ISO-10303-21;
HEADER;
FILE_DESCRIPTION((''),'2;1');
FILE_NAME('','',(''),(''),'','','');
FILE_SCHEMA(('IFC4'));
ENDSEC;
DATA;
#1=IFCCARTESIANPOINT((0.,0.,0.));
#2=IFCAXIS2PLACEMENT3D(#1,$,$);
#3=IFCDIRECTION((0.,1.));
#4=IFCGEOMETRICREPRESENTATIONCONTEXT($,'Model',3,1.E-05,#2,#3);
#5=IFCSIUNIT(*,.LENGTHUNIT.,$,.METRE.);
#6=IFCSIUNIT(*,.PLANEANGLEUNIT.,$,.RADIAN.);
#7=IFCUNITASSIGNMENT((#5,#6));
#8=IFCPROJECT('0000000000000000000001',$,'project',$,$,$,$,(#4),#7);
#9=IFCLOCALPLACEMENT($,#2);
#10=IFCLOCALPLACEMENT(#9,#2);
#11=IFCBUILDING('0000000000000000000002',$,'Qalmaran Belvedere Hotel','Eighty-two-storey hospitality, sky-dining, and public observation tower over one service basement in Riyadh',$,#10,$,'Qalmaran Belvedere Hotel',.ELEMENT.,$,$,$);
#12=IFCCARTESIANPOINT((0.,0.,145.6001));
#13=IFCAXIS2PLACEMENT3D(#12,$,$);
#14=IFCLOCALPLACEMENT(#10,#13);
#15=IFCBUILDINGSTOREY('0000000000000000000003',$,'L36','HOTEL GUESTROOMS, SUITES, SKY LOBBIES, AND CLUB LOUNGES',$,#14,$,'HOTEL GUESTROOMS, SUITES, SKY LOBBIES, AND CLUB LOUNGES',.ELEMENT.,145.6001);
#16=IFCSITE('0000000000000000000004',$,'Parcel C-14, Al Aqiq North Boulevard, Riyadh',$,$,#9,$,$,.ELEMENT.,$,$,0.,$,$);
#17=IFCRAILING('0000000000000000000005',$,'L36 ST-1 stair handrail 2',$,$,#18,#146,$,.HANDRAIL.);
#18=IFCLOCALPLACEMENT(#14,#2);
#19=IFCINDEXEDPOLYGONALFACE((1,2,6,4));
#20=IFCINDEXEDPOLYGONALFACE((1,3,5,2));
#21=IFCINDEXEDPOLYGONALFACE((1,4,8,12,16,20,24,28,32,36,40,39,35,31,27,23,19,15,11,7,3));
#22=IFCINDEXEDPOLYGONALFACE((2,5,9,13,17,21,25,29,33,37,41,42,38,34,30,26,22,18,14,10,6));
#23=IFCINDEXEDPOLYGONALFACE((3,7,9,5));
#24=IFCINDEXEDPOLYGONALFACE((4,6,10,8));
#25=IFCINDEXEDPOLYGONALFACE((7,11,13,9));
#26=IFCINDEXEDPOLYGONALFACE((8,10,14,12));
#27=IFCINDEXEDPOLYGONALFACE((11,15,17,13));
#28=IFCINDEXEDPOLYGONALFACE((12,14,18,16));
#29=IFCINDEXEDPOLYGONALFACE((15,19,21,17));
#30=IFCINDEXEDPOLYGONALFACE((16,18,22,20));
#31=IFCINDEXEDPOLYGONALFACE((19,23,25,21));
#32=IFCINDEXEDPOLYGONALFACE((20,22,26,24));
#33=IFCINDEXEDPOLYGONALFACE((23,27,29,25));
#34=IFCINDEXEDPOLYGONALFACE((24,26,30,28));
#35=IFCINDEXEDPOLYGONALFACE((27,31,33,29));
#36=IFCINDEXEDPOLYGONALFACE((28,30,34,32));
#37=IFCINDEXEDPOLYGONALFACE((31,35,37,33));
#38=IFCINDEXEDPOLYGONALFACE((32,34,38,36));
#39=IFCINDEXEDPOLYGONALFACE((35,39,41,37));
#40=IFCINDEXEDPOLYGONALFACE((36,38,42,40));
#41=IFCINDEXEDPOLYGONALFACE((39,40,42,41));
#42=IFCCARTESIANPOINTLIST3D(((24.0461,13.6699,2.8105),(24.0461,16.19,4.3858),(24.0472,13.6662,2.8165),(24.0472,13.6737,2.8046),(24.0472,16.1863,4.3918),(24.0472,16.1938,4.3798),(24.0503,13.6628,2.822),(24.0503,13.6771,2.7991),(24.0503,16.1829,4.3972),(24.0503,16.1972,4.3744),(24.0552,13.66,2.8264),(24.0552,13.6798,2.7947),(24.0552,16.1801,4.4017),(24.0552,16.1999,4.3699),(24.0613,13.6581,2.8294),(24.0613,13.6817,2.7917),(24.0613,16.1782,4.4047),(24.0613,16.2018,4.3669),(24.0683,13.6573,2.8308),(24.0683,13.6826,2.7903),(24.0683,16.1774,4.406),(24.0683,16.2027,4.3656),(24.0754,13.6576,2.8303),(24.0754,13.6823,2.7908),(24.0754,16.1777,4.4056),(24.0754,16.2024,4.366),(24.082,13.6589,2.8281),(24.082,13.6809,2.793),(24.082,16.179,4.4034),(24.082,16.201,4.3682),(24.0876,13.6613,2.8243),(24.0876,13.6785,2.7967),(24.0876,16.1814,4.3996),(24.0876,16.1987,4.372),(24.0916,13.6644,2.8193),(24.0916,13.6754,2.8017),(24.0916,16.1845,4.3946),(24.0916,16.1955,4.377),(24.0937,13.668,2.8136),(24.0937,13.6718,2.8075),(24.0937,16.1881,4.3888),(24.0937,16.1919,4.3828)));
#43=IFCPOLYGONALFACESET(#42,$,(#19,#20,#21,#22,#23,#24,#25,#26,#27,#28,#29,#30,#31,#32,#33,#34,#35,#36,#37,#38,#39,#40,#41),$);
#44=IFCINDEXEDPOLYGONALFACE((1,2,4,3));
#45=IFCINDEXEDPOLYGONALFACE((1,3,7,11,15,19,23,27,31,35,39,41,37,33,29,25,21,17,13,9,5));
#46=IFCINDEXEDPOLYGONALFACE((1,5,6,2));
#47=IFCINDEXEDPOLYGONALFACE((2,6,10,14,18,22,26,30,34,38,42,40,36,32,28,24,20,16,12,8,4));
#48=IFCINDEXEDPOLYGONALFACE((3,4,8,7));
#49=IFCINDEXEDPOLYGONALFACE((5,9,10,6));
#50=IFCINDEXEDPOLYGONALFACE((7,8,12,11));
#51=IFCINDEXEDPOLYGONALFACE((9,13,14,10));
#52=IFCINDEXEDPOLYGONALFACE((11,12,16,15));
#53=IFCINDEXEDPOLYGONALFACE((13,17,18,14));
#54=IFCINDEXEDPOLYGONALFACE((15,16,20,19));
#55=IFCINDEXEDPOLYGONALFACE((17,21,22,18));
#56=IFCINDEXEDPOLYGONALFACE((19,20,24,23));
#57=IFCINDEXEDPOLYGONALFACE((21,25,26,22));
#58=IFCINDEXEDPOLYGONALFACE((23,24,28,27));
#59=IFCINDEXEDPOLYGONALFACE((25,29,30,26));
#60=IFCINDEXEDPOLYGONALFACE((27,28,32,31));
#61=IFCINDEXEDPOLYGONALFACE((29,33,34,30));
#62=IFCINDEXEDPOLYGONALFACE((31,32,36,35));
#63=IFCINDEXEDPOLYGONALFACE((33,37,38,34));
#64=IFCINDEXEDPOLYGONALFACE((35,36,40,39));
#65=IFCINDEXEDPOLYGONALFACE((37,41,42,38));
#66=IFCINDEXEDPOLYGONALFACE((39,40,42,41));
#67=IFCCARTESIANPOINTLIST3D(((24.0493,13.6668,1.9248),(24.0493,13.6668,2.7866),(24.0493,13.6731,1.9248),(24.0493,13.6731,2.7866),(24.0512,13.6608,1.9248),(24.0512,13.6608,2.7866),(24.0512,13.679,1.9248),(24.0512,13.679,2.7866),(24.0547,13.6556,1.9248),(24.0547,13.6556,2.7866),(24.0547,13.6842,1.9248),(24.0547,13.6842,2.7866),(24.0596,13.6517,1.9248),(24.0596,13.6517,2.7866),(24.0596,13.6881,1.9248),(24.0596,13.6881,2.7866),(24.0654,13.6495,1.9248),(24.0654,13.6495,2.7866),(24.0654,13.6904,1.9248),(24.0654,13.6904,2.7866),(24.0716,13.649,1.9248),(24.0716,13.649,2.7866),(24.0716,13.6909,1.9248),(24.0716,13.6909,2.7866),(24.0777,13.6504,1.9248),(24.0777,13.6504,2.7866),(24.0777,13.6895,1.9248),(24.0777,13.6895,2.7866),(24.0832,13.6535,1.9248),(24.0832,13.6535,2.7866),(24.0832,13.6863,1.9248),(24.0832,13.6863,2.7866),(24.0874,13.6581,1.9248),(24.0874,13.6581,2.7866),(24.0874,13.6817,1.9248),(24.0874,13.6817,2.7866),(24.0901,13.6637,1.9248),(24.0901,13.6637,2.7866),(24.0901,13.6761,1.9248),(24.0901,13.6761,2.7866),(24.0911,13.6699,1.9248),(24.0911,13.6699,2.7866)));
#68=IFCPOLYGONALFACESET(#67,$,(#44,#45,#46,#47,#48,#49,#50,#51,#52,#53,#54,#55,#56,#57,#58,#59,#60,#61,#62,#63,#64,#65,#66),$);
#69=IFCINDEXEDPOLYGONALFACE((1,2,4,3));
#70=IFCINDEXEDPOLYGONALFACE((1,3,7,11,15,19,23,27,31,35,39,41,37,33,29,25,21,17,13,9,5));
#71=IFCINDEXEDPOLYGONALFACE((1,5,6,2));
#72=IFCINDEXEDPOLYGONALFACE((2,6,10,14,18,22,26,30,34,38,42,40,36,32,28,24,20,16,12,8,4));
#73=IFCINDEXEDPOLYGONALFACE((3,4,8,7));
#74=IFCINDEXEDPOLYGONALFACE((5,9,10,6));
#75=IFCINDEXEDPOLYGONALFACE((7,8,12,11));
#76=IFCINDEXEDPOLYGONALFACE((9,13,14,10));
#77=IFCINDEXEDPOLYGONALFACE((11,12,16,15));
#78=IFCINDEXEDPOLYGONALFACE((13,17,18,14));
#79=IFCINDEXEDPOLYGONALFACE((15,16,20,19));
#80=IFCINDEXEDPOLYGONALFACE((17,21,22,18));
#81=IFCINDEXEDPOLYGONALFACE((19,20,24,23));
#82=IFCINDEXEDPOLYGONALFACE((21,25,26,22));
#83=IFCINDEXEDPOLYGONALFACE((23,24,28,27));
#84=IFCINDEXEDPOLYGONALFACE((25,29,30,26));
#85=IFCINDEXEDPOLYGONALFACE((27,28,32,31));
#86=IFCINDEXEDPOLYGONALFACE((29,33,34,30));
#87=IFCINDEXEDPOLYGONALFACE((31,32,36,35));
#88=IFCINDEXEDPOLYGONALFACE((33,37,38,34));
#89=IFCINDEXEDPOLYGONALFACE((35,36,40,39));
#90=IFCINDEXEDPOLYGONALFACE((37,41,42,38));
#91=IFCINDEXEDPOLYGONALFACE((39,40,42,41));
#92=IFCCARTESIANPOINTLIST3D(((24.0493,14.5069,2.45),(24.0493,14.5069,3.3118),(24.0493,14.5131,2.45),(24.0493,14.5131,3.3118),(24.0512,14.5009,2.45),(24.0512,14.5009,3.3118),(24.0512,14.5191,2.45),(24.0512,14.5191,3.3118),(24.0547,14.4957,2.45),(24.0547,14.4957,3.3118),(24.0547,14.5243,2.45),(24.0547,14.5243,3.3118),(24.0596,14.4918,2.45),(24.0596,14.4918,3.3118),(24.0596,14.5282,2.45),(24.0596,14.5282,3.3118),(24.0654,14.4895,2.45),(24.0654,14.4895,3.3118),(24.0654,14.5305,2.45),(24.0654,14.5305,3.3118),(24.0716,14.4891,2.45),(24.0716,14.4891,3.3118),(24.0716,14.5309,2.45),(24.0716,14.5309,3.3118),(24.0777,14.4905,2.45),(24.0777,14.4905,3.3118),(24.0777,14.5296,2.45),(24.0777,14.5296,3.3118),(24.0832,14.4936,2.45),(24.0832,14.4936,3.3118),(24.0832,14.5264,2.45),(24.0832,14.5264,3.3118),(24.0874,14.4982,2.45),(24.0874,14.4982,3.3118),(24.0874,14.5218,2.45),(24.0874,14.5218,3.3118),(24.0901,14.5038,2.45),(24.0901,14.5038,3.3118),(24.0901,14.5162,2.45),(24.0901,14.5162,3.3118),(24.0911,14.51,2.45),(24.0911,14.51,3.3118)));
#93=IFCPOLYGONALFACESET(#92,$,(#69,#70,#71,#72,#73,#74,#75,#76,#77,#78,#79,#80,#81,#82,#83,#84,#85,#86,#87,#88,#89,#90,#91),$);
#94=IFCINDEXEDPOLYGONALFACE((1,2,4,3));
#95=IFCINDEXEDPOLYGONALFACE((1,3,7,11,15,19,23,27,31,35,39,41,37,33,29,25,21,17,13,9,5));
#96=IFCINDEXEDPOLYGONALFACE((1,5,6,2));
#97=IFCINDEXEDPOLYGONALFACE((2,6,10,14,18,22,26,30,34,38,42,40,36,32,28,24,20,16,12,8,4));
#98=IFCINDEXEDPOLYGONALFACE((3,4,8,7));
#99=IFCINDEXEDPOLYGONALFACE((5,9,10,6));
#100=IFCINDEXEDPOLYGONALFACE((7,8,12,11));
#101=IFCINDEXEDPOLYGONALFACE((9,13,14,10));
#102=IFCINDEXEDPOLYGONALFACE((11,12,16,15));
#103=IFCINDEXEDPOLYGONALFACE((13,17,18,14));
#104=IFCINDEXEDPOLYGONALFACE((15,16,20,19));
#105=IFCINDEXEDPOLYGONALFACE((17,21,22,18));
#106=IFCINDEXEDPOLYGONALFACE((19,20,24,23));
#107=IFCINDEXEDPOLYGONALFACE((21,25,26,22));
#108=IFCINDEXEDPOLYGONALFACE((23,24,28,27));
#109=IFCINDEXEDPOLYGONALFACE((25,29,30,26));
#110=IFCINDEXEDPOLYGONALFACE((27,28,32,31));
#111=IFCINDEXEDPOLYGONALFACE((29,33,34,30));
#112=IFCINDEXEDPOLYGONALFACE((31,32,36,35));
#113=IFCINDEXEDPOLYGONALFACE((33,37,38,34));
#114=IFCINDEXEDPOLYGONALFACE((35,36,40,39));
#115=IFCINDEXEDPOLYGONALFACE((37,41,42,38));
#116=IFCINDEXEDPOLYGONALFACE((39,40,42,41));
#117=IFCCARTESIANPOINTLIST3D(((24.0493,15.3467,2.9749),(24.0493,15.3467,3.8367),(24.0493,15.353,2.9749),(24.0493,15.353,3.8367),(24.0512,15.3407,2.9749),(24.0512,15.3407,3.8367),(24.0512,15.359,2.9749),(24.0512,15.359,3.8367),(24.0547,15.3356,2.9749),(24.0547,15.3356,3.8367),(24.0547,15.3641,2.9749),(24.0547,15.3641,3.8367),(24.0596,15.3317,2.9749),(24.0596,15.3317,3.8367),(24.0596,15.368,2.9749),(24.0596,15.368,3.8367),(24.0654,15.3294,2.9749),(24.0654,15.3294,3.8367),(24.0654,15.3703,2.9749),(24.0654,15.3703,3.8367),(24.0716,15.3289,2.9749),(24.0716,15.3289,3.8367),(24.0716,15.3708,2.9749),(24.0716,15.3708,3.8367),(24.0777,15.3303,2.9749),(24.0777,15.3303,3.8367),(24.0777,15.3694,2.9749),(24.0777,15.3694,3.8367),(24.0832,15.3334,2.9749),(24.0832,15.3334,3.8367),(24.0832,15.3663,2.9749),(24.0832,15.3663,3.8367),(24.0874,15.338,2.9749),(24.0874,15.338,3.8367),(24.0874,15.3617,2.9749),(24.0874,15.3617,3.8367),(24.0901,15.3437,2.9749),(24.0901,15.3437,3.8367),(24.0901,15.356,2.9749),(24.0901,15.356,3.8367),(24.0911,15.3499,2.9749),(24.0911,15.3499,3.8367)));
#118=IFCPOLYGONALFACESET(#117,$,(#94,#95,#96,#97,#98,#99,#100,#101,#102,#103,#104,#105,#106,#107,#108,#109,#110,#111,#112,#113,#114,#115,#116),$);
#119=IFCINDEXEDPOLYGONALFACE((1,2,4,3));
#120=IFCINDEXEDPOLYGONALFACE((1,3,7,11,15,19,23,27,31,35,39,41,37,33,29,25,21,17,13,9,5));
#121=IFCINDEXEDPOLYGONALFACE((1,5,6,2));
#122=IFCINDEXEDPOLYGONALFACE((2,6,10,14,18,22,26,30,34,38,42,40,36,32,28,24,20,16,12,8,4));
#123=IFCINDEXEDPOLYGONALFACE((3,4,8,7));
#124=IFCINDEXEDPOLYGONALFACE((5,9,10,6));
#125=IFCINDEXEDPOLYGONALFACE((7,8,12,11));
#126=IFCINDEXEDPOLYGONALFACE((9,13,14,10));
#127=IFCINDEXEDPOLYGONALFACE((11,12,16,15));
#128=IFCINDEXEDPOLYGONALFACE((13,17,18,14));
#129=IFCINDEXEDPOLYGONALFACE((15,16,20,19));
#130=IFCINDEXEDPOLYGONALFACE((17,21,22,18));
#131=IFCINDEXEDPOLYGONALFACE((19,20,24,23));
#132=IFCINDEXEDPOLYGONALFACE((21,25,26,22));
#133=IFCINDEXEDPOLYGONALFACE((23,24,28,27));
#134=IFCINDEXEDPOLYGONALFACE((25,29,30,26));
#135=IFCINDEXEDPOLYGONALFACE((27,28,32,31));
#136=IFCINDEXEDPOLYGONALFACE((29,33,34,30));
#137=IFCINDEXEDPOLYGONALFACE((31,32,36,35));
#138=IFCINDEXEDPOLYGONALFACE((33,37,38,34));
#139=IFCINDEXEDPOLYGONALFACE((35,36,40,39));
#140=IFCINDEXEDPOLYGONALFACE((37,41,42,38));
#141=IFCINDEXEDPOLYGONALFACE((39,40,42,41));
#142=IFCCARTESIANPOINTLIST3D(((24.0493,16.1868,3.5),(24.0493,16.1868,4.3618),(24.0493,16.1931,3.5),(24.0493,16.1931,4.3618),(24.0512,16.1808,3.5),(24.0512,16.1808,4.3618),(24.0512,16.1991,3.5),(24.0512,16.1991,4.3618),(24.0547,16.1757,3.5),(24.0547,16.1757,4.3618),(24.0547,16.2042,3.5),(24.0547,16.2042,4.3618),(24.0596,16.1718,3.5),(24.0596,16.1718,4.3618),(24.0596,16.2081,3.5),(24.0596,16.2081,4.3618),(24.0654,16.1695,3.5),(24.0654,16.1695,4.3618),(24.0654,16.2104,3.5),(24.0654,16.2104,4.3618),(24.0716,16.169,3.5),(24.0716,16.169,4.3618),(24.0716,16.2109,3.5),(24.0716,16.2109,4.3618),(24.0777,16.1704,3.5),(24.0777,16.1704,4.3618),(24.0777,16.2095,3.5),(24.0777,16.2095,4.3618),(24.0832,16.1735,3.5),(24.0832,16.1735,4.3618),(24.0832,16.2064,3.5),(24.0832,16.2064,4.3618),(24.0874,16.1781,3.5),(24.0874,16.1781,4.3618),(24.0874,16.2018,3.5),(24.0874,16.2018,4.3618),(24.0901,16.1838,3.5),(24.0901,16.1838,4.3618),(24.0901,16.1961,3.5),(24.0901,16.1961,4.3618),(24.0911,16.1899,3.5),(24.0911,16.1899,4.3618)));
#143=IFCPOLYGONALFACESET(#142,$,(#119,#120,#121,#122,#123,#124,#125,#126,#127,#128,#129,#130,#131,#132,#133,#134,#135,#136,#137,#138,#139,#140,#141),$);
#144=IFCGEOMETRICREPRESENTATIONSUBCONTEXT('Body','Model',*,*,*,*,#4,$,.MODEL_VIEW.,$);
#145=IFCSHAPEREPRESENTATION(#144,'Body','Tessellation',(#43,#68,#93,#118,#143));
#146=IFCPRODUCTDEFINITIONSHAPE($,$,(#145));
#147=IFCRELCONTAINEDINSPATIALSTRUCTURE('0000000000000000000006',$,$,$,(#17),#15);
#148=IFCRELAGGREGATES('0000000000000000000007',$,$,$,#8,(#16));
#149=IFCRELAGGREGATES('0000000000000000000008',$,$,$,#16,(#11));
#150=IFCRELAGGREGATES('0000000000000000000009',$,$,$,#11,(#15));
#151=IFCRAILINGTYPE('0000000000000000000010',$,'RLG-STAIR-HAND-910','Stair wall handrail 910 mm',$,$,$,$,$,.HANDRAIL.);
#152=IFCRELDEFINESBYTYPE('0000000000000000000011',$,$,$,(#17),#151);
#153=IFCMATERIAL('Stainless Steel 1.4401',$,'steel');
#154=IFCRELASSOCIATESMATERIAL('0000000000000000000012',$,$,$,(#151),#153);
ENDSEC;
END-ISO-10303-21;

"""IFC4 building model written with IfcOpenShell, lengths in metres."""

from ifc_helpers import new_model, si_unit, direction, frame, origin, origin_2d, place, context, subcontext, project, spatial, circle, extrude, material, type_object, element, save


model = new_model("IFC4")

# Units and contexts
model_context = context("Model", 3, precision=1e-05, world=origin(), true_north=direction((0.0, 1.0)))
body_context = subcontext(model_context, "Body", "Model", "MODEL_VIEW")
ifc_project = project(units=[si_unit("LENGTHUNIT", "METRE"), si_unit("PLANEANGLEUNIT", "RADIAN")], contexts=[model_context])

# Site, building, storey
site_placement = place(None, origin())
site = spatial("IfcSite", under=ifc_project, at=site_placement, Name="Parcel C-14, Al Aqiq North Boulevard, Riyadh", CompositionType="ELEMENT", RefElevation=0.0)
building_placement = place(site_placement, origin())
building = spatial("IfcBuilding", under=site, at=building_placement, Name="Qalmaran Belvedere Hotel", Description="Eighty-two-storey hospitality, sky-dining, and public observation tower over one service basement in Riyadh", LongName="Qalmaran Belvedere Hotel", CompositionType="ELEMENT")
storey_placement = place(building_placement, frame((0.0, 0.0, 145.6001)))
storey = spatial("IfcBuildingStorey", under=building, at=storey_placement, Name="L36", Description="HOTEL GUESTROOMS, SUITES, SKY LOBBIES, AND CLUB LOUNGES", LongName="HOTEL GUESTROOMS, SUITES, SKY LOBBIES, AND CLUB LOUNGES", CompositionType="ELEMENT", Elevation=145.6001)

# Railing
ifc_material_1 = material(Name="Stainless Steel 1.4401", Category="steel")
railing_type_1 = type_object("IfcRailingType", Name="RLG-STAIR-HAND-910", Description="Stair wall handrail 910 mm", PredefinedType="HANDRAIL", material=ifc_material_1)
railing_1_placement = place(storey_placement, frame((24.0701, 13.6699, 1.9248)))
element("IfcRailing", 1, at=railing_1_placement, inside=storey, type_object=railing_type_1, Name="L36 ST-1 stair handrail 2", PredefinedType="HANDRAIL", context=body_context, shape_type="SweptSolid", body=[
    extrude(circle(Radius=0.0239, at=origin_2d()), frame((0.0, 0.0, 0.8857), z_axis=(0.0, 0.847971, 0.530043), x_axis=(-1.0, 0.0, 0.0)), (0.0, 0.0, 1.0), 2.9719),
    extrude(circle(Radius=0.021, at=origin_2d()), origin(), (0.0, 0.0, 1.0), 0.8618),
    extrude(circle(Radius=0.021, at=origin_2d()), frame((0.0, 0.8401, 0.5251)), (0.0, 0.0, 1.0), 0.8618),
    extrude(circle(Radius=0.021, at=origin_2d()), frame((0.0, 1.6799, 1.05)), (0.0, 0.0, 1.0), 0.8618),
    extrude(circle(Radius=0.021, at=origin_2d()), frame((0.0, 2.52, 1.5752)), (0.0, 0.0, 1.0), 0.8618),
])

save(model, "model.ifc")
